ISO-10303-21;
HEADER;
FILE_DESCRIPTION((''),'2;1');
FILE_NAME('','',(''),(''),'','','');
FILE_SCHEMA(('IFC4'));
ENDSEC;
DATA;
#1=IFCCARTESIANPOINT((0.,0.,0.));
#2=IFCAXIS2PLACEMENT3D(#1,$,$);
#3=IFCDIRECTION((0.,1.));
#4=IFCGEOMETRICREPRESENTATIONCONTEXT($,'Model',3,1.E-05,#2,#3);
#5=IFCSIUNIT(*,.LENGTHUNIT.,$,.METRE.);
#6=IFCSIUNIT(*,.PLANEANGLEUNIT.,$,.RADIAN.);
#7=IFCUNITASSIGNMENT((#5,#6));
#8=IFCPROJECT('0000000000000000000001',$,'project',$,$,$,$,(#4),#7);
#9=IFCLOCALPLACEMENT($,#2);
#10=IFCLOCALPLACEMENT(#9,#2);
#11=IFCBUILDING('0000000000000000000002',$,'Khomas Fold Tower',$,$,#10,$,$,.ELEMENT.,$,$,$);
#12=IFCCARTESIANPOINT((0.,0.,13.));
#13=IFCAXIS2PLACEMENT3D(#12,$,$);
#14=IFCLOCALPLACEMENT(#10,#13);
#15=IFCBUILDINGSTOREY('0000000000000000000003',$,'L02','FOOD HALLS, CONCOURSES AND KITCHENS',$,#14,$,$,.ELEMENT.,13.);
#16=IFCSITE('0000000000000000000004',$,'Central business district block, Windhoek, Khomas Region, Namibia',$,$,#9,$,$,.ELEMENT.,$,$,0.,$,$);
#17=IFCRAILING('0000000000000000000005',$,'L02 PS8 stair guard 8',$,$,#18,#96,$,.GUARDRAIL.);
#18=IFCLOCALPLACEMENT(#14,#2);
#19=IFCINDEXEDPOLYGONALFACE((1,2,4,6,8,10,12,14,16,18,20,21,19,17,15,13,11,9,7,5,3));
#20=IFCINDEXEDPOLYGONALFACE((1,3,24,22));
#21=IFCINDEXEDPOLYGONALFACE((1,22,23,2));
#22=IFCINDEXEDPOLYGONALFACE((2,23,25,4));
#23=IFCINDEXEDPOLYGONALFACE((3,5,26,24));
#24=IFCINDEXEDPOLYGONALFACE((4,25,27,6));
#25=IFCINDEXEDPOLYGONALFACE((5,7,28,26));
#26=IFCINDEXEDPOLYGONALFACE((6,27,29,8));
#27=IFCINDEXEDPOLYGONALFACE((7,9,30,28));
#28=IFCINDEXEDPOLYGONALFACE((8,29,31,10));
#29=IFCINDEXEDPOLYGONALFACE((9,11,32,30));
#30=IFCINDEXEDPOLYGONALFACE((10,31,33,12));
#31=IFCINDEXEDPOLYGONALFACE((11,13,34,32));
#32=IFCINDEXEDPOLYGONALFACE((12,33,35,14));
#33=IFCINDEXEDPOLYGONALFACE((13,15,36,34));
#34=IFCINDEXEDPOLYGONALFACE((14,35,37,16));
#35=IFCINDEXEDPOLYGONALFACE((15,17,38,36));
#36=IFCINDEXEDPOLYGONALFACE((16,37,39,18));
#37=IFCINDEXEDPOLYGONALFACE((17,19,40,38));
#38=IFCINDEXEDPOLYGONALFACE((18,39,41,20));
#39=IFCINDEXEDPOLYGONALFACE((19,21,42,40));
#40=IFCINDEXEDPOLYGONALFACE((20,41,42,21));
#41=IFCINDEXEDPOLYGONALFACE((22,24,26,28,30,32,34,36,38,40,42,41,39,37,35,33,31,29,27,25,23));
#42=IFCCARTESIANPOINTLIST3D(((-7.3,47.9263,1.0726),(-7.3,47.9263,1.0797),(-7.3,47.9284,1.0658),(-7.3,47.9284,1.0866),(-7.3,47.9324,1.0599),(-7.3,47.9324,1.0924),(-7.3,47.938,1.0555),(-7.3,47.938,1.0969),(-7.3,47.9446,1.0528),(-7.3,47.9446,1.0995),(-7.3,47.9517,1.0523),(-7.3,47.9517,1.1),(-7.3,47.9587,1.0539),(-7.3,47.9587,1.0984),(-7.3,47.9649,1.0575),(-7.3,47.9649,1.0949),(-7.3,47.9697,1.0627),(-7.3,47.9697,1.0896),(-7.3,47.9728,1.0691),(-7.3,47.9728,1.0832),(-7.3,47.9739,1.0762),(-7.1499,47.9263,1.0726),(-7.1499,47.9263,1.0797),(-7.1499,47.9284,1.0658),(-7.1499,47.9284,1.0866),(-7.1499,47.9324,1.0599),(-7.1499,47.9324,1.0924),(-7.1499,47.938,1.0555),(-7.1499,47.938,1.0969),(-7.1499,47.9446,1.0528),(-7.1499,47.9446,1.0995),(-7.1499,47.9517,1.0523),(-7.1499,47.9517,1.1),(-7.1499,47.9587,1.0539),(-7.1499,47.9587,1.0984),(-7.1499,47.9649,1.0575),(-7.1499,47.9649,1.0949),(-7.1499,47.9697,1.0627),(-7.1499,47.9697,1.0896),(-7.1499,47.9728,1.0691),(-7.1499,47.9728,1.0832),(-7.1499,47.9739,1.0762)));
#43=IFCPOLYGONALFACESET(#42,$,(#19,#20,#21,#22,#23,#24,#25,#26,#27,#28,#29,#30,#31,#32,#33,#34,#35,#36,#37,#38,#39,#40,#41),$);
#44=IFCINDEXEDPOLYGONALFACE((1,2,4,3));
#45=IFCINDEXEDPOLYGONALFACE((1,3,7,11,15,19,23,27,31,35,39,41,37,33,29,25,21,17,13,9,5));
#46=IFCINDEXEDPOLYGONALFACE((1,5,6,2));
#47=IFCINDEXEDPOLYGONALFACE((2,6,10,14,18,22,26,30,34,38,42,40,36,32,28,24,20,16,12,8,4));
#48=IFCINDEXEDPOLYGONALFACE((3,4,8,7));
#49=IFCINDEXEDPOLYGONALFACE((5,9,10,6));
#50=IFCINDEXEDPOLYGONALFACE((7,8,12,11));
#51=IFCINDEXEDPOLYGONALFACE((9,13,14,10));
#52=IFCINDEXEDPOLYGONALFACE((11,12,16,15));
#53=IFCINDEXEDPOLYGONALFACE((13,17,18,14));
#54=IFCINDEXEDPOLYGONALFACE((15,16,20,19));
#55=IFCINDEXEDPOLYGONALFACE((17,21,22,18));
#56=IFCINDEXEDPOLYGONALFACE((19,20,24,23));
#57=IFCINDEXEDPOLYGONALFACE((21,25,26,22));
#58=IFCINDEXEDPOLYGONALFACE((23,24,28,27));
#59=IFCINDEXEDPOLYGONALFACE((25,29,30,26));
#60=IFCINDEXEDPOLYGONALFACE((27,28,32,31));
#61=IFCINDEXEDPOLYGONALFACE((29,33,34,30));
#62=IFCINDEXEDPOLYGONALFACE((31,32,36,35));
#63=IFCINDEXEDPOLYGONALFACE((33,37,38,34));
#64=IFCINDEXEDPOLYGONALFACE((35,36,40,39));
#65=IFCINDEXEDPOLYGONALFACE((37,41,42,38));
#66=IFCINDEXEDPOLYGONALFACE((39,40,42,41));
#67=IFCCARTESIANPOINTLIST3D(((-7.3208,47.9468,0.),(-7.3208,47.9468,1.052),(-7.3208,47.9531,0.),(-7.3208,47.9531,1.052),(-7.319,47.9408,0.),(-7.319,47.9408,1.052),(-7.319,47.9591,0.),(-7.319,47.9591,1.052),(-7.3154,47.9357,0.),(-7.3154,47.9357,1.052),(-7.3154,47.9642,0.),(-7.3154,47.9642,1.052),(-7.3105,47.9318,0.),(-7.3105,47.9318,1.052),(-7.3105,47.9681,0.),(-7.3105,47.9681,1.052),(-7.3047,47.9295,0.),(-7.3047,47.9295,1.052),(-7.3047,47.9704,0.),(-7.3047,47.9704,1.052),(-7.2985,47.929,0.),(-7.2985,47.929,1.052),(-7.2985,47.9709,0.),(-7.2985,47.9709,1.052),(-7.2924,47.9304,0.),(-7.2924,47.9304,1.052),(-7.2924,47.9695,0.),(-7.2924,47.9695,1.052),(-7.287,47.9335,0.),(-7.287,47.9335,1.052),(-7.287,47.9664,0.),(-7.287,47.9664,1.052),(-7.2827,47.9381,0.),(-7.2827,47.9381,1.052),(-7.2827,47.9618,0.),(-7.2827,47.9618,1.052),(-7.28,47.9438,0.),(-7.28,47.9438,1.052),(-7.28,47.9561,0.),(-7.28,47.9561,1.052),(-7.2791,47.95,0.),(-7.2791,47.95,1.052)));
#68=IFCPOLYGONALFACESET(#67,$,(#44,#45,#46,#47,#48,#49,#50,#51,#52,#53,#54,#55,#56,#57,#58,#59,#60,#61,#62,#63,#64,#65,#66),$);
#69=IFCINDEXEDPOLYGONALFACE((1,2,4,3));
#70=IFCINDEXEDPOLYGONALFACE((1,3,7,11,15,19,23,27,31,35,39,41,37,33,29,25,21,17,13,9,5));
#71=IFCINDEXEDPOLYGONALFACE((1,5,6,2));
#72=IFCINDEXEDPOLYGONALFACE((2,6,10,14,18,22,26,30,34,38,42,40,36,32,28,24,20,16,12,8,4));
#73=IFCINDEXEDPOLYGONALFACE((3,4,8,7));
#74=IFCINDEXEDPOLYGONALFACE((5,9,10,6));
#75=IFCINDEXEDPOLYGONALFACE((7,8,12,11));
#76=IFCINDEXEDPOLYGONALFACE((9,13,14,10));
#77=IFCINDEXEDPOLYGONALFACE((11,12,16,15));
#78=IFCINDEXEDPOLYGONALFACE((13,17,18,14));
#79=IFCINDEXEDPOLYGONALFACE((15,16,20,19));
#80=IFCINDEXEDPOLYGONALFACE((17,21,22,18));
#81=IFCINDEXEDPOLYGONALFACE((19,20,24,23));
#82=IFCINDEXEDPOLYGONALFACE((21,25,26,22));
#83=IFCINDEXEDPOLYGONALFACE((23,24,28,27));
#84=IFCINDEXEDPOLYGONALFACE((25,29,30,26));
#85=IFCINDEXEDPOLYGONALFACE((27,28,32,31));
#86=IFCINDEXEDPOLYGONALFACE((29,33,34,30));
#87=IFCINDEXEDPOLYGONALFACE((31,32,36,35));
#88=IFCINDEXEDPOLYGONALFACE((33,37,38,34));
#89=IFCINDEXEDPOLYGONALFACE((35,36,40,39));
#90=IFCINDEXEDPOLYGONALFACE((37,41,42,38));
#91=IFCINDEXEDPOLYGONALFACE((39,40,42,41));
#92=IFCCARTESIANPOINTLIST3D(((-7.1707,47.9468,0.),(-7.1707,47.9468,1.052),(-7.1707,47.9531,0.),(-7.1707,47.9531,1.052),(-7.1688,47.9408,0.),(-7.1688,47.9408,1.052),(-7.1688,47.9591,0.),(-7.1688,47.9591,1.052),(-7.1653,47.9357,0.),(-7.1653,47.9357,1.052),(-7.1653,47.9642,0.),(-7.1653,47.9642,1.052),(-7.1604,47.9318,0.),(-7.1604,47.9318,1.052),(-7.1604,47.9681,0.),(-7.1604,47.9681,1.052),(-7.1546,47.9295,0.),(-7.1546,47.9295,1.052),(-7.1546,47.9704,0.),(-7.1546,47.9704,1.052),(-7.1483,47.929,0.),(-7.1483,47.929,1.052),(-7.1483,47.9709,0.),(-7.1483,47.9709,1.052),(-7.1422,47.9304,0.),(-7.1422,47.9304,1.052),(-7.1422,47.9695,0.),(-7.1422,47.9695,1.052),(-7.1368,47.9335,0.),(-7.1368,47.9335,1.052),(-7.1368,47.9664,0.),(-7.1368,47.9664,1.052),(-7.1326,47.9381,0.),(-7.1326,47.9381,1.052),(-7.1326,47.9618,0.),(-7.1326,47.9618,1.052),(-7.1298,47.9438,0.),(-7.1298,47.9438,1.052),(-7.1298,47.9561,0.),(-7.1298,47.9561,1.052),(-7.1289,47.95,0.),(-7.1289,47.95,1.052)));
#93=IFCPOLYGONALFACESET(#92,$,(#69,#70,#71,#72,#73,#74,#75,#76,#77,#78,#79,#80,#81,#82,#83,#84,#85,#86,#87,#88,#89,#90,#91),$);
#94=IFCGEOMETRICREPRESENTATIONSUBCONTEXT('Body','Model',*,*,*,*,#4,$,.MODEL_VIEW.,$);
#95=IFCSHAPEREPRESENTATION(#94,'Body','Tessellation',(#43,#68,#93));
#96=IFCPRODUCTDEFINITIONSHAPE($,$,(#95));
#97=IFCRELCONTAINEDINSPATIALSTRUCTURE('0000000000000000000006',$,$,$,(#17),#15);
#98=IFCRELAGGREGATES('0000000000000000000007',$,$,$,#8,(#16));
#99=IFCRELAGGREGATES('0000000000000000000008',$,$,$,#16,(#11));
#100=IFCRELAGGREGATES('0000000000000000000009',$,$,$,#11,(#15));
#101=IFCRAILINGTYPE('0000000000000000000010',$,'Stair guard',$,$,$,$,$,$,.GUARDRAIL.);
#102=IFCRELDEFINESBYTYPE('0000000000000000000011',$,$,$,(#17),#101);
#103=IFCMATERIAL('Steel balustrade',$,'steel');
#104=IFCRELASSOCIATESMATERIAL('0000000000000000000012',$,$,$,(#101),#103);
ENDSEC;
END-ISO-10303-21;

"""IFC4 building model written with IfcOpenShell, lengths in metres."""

from ifc_helpers import new_model, si_unit, direction, frame, origin, origin_2d, place, context, subcontext, project, spatial, circle, extrude, source, transform, mapped, material, type_object, element, save


model = new_model("IFC4")

# Units and contexts
model_context = context("Model", 3, precision=1e-05, world=origin(), true_north=direction((0.0, 1.0)))
body_context = subcontext(model_context, "Body", "Model", "MODEL_VIEW")
ifc_project = project(units=[si_unit("LENGTHUNIT", "METRE"), si_unit("PLANEANGLEUNIT", "RADIAN")], contexts=[model_context])

# Site, building, storey
site_placement = place(None, origin())
site = spatial("IfcSite", under=ifc_project, at=site_placement, Name="Central business district block, Windhoek, Khomas Region, Namibia", CompositionType="ELEMENT", RefElevation=0.0)
building_placement = place(site_placement, origin())
building = spatial("IfcBuilding", under=site, at=building_placement, Name="Khomas Fold Tower", CompositionType="ELEMENT")
storey_placement = place(building_placement, frame((0.0, 0.0, 13.0)))
storey = spatial("IfcBuildingStorey", under=building, at=storey_placement, Name="L02", Description="FOOD HALLS, CONCOURSES AND KITCHENS", CompositionType="ELEMENT", Elevation=13.0)

# Railing
ifc_material_1 = material(Name="Steel balustrade", Category="steel")
railing_type_1 = type_object("IfcRailingType", Name="Stair guard", PredefinedType="GUARDRAIL", material=ifc_material_1)
shared_shape_1 = source(origin(), body_context, "Body", "SweptSolid", [
    extrude(circle(Radius=0.0239, at=origin_2d()), frame((0.0, 0.0, 1.0762), z_axis=(1.0, 0.0, 0.0), x_axis=(0.0, 1.0, 0.0)), (0.0, 0.0, 1.0), 0.1501),
    extrude(circle(Radius=0.021, at=origin_2d()), origin(), (0.0, 0.0, 1.0), 1.052),
    extrude(circle(Radius=0.021, at=origin_2d()), frame((0.1501, 0.0, 0.0)), (0.0, 0.0, 1.0), 1.052),
])
for number, where, name in (
    (1, (-7.3, 47.95, 0.0), "L02 PS8 stair guard 8"),
):
    element("IfcRailing", number, at=place(storey_placement, frame(where)), inside=storey, type_object=railing_type_1, Name=name, PredefinedType="GUARDRAIL", context=body_context, shape_type="MappedRepresentation", body=[
        mapped(shared_shape_1, transform((0.0, 0.0, 0.0))),
    ])

save(model, "model.ifc")
